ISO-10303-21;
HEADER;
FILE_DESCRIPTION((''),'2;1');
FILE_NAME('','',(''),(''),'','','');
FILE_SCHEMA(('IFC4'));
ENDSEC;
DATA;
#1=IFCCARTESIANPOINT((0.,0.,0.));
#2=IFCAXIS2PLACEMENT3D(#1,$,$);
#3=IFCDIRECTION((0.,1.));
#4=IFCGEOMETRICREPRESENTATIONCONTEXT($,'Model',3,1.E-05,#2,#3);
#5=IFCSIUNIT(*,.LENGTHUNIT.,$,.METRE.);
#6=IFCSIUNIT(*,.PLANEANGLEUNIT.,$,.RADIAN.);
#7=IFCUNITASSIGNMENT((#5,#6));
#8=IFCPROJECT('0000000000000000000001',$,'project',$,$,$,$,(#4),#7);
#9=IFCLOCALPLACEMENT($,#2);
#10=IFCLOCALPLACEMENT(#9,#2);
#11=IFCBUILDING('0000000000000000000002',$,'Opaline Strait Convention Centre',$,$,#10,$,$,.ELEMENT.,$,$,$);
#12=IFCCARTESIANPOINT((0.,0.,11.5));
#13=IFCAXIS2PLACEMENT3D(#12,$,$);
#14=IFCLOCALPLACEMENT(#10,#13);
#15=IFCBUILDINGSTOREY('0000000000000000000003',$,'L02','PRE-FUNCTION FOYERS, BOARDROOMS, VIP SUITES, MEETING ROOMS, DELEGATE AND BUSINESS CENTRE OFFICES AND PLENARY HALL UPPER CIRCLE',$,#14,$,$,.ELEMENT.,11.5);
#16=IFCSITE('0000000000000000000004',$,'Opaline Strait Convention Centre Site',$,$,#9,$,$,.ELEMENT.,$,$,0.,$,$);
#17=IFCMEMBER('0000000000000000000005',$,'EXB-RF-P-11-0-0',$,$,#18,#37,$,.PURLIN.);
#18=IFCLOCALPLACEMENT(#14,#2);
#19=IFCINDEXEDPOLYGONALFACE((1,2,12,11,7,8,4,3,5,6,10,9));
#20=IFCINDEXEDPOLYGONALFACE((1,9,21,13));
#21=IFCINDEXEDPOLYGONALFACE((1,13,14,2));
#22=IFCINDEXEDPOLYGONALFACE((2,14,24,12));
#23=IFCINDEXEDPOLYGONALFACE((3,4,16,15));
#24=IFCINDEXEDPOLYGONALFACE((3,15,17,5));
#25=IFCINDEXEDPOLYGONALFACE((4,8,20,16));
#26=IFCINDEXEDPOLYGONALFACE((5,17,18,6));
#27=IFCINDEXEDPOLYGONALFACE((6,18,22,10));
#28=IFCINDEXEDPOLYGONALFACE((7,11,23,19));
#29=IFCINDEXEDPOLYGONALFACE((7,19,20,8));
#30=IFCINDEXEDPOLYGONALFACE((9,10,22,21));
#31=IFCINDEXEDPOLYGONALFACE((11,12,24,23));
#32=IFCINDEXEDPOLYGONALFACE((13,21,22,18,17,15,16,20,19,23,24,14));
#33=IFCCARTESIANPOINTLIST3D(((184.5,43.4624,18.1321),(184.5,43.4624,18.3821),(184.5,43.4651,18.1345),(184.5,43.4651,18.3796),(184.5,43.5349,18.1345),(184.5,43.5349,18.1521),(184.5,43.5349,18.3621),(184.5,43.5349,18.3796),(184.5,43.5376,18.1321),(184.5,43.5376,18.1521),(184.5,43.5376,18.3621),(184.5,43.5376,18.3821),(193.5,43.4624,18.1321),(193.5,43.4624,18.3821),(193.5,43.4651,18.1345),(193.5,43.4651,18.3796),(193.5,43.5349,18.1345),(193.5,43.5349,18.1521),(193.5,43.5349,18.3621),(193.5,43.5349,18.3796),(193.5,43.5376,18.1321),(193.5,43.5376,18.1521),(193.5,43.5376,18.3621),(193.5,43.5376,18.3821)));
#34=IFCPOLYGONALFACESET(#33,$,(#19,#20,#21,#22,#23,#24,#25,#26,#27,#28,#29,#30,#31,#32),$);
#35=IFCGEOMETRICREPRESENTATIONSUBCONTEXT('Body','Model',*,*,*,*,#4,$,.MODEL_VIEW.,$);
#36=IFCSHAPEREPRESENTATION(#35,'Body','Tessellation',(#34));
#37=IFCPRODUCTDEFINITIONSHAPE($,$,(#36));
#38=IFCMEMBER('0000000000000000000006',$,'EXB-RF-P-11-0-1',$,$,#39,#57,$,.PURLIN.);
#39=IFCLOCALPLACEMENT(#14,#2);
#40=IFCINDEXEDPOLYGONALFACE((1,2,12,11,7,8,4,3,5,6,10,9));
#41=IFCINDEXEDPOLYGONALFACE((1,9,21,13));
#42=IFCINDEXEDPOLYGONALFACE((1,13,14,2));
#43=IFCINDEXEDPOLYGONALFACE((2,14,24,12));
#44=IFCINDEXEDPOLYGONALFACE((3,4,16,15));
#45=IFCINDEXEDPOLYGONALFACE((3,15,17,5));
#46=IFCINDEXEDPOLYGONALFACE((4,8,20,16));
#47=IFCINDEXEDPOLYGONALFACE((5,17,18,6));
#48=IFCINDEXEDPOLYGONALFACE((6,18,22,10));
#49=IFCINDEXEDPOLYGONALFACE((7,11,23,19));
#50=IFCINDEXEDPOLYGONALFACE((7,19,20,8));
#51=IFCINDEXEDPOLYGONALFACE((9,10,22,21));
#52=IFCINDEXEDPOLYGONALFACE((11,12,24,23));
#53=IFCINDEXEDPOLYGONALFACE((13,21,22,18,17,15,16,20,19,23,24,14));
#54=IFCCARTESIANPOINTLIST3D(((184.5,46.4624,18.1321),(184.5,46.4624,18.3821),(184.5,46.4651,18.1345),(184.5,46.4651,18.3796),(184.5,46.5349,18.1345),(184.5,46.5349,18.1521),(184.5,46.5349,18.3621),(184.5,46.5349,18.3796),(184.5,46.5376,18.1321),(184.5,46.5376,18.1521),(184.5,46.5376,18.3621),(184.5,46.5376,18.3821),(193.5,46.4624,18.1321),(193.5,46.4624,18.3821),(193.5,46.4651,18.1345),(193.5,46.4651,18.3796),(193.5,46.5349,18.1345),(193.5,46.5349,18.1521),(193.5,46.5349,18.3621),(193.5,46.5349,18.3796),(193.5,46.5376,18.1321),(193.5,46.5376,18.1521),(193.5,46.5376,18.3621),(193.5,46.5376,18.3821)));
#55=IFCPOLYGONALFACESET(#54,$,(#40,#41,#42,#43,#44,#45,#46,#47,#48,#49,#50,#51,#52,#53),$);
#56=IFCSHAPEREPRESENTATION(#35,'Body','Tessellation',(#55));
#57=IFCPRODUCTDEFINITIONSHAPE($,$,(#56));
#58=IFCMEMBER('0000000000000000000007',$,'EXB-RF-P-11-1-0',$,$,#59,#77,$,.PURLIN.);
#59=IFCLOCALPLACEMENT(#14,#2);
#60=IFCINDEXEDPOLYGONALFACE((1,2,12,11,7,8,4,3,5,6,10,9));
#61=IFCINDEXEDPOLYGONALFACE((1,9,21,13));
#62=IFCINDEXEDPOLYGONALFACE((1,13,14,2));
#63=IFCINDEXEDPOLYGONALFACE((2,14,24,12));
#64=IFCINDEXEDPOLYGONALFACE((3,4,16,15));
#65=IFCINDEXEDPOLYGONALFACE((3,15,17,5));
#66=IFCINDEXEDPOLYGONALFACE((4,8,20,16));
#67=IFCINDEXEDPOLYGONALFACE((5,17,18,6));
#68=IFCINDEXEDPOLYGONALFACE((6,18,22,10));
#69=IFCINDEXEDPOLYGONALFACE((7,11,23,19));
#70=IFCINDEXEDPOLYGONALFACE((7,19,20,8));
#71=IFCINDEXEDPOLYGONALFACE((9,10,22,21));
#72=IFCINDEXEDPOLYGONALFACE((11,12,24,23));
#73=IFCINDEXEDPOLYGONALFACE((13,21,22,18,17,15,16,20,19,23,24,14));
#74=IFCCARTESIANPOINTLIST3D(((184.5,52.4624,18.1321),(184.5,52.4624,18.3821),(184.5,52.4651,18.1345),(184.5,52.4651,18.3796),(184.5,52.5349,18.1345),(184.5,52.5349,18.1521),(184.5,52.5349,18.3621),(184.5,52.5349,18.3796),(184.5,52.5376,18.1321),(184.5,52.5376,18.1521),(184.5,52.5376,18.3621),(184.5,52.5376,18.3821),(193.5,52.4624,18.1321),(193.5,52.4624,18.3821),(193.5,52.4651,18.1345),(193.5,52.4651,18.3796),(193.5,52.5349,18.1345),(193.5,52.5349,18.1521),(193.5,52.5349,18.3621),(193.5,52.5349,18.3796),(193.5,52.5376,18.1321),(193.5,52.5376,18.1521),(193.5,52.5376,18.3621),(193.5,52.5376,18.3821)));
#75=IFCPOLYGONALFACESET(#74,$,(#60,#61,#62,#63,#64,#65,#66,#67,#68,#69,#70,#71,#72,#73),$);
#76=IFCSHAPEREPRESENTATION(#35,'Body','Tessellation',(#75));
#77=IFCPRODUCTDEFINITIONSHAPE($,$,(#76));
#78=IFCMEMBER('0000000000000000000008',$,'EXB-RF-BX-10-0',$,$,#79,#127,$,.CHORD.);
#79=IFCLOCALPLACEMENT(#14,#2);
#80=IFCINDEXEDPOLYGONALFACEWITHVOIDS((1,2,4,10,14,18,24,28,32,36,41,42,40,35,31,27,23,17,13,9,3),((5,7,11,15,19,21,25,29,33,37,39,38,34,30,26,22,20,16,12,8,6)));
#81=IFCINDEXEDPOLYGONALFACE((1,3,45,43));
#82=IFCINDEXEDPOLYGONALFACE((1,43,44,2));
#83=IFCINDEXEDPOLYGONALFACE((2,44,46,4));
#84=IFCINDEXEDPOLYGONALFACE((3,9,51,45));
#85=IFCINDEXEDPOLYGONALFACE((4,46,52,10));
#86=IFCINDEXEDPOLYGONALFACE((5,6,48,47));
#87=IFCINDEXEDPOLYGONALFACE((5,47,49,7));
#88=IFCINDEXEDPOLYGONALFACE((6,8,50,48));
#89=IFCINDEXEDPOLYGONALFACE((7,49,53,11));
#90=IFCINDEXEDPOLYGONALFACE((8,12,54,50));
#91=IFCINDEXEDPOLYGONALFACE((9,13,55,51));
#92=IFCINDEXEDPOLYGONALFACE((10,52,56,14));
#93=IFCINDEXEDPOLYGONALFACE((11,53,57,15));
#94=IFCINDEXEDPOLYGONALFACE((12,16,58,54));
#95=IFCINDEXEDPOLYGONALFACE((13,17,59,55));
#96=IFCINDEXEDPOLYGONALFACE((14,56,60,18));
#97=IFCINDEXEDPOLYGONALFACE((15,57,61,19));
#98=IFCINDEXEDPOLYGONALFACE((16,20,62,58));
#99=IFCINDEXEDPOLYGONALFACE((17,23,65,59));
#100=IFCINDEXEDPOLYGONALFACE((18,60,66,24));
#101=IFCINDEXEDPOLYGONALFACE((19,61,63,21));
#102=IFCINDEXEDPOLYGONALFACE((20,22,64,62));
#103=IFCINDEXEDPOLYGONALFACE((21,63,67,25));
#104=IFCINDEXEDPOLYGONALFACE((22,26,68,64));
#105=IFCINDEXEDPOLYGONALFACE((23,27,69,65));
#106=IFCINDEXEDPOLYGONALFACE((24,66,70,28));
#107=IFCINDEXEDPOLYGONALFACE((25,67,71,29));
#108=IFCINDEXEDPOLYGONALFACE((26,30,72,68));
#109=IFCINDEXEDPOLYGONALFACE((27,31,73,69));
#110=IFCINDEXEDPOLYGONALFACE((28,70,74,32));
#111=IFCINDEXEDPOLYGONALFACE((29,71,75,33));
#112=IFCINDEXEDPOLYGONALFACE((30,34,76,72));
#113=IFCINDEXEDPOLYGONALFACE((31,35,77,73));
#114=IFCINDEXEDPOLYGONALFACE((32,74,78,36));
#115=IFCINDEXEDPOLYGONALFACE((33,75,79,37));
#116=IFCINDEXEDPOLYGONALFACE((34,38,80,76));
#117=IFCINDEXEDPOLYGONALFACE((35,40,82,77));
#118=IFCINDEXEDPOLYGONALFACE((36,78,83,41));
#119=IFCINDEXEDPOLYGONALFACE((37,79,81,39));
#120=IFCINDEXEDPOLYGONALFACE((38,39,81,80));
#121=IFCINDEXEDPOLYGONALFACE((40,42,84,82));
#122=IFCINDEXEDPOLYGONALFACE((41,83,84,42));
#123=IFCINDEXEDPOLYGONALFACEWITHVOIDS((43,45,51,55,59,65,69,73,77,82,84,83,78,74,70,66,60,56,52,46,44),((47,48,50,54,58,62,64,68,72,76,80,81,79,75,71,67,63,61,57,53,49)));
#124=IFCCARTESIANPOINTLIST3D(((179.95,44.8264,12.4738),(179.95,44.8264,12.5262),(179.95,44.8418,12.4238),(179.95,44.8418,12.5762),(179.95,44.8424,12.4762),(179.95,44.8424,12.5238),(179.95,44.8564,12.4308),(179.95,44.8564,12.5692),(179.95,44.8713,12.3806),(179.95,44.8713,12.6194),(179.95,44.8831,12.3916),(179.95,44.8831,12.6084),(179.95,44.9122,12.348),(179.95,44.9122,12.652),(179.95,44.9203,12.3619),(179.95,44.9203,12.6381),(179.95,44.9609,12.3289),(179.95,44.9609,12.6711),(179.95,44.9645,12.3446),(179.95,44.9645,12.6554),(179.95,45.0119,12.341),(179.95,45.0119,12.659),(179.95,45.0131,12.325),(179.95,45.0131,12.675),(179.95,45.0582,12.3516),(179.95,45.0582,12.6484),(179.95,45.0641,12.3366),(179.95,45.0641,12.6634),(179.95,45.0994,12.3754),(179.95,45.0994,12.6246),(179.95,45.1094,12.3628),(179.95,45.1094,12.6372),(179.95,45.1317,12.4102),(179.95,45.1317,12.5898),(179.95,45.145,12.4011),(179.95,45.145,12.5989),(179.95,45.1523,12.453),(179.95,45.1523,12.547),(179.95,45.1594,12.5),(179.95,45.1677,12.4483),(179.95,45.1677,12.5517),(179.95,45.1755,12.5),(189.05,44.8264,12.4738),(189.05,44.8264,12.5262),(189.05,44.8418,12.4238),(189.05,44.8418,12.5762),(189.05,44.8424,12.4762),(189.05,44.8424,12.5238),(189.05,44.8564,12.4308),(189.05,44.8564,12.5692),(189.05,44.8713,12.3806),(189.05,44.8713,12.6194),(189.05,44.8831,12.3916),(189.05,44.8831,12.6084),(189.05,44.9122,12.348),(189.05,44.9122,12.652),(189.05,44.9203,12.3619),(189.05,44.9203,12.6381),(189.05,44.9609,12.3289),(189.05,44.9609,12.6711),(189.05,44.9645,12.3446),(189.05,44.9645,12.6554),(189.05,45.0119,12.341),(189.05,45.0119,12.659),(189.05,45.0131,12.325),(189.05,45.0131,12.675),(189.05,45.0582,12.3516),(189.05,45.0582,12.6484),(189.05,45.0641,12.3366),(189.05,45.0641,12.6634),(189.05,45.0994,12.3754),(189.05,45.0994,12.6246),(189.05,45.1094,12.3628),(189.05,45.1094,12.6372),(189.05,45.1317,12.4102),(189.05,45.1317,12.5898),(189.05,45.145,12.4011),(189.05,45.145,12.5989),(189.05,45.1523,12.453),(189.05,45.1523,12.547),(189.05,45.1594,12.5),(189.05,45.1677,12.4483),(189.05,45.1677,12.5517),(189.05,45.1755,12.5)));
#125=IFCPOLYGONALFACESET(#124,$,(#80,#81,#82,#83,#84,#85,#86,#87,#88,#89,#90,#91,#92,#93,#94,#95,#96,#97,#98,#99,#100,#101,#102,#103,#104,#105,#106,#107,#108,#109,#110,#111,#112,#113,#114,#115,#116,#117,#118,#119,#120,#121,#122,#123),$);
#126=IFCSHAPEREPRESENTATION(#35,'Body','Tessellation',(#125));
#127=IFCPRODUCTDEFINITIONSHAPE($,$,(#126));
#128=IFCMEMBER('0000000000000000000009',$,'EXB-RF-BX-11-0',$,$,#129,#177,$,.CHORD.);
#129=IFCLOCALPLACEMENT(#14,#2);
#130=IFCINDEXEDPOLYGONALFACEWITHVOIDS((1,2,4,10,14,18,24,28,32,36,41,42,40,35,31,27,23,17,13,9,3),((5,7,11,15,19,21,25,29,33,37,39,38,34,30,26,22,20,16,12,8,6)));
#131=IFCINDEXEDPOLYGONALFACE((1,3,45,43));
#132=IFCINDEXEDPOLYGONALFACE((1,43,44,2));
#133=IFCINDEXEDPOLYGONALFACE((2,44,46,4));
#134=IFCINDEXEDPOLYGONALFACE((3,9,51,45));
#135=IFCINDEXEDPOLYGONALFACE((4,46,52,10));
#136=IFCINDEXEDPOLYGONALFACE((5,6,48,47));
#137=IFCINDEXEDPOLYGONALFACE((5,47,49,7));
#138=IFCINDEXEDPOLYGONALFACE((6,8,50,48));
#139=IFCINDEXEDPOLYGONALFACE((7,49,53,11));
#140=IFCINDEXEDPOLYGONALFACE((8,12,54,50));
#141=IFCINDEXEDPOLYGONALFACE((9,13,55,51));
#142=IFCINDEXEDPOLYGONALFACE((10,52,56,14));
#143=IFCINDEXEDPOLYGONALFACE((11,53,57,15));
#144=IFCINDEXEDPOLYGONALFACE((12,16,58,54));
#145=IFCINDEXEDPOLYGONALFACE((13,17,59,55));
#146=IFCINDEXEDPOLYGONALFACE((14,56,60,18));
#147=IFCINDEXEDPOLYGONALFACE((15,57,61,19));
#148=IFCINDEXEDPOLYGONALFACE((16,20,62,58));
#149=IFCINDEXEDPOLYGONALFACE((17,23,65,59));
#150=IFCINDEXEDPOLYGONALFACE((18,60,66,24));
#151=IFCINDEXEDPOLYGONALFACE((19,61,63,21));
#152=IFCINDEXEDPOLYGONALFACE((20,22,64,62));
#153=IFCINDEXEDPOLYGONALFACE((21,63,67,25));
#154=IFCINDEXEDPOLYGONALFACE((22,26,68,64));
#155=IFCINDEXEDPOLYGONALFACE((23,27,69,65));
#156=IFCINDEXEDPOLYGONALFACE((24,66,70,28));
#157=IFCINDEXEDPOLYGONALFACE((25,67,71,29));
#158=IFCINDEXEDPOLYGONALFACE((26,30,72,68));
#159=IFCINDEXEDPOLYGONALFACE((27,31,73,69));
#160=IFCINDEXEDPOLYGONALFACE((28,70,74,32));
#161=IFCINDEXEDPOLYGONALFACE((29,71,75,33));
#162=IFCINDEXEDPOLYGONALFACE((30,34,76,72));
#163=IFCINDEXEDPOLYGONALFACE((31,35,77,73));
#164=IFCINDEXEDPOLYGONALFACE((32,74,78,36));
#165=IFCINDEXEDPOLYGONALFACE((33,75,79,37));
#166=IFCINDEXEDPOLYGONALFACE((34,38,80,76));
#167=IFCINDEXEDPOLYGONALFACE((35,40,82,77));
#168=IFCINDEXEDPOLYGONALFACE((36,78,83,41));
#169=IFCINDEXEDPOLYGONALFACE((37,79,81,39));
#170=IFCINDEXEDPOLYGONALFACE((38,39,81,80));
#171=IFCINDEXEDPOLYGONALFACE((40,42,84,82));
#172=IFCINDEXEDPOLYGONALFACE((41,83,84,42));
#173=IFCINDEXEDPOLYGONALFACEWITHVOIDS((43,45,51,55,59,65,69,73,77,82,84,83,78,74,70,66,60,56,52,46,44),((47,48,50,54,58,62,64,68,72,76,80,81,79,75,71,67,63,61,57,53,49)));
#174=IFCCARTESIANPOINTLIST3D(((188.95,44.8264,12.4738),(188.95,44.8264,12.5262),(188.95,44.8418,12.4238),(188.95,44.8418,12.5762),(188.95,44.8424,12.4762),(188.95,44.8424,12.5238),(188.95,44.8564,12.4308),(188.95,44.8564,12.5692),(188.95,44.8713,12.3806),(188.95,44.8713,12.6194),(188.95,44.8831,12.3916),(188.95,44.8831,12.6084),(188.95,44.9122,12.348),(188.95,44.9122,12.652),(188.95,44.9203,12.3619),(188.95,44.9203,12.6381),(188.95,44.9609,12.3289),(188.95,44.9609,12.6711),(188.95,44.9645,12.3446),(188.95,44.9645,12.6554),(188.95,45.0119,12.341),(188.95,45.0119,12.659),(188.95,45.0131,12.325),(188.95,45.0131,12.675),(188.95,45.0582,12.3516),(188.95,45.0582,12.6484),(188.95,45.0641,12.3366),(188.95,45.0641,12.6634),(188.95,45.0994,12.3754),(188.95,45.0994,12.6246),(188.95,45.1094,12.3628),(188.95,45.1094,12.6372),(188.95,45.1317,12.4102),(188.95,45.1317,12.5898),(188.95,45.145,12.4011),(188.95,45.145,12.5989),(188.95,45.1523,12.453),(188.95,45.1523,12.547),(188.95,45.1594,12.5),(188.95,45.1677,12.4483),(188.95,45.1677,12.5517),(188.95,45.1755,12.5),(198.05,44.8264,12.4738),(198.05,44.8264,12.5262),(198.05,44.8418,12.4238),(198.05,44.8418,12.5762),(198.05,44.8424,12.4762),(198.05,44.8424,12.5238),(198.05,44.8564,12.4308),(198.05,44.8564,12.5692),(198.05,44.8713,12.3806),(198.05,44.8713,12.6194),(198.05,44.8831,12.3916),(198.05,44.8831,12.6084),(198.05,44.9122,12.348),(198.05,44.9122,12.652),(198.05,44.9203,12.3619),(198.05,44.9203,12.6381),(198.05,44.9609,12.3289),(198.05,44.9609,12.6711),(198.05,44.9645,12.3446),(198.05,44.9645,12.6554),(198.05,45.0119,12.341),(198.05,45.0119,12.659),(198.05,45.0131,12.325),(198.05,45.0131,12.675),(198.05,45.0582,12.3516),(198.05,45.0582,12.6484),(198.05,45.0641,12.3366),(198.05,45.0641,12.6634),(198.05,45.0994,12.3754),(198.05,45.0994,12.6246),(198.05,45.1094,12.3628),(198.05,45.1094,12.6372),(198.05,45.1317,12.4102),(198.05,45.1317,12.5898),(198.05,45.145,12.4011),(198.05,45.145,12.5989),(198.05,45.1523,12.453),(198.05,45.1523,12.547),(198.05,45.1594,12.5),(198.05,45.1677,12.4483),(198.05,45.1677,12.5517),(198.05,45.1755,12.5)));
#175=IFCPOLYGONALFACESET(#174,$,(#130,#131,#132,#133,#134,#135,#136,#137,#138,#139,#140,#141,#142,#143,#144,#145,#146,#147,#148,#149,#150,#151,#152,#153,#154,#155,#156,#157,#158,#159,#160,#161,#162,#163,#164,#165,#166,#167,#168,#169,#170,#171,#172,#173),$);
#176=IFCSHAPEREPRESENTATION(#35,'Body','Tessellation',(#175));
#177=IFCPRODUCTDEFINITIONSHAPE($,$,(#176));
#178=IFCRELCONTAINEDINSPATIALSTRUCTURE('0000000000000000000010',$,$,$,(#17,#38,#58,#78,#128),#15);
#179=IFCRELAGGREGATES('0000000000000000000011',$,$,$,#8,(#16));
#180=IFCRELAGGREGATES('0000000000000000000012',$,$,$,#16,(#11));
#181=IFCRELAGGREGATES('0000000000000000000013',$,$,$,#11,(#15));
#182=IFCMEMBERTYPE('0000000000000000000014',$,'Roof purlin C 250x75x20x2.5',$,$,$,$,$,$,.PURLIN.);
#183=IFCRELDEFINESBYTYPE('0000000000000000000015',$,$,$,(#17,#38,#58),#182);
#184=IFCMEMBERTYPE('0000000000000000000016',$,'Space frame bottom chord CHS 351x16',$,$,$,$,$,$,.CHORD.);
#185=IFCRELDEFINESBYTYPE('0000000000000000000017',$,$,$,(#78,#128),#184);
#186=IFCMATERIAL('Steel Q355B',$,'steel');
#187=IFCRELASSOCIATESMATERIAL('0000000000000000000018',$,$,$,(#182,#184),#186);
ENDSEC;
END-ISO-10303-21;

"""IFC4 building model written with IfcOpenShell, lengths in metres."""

from ifc_helpers import new_model, si_unit, direction, frame, origin, origin_2d, place, context, subcontext, project, spatial, polyline, hollow_circle, outline, extrude, material, material_profile, profile_set, type_object, element, save


model = new_model("IFC4")

# Units and contexts
model_context = context("Model", 3, precision=1e-05, world=origin(), true_north=direction((0.0, 1.0)))
body_context = subcontext(model_context, "Body", "Model", "MODEL_VIEW")
ifc_project = project(units=[si_unit("LENGTHUNIT", "METRE"), si_unit("PLANEANGLEUNIT", "RADIAN")], contexts=[model_context])

# Site, building, storey
site_placement = place(None, origin())
site = spatial("IfcSite", under=ifc_project, at=site_placement, Name="Opaline Strait Convention Centre Site", CompositionType="ELEMENT", RefElevation=0.0)
building_placement = place(site_placement, origin())
building = spatial("IfcBuilding", under=site, at=building_placement, Name="Opaline Strait Convention Centre", CompositionType="ELEMENT")
storey_placement = place(building_placement, frame((0.0, 0.0, 11.5)))
storey = spatial("IfcBuildingStorey", under=building, at=storey_placement, Name="L02", Description="PRE-FUNCTION FOYERS, BOARDROOMS, VIP SUITES, MEETING ROOMS, DELEGATE AND BUSINESS CENTRE OFFICES AND PLENARY HALL UPPER CIRCLE", CompositionType="ELEMENT", Elevation=11.5)

# Members
ifc_material_1 = material(Name="Steel Q355B", Category="steel")
ifc_material_profile_1 = material_profile(ifc_material_1, outline(polyline([(-0.0376, -0.125), (0.0376, -0.125), (0.0376, -0.105), (0.0349, -0.105), (0.0349, -0.1226), (-0.0349, -0.1226), (-0.0349, 0.1226), (0.0349, 0.1226), (0.0349, 0.105), (0.0376, 0.105), (0.0376, 0.125), (-0.0376, 0.125), (-0.0376, -0.125)])), Name="C 250x75x20x2.5")
ifc_profile_set_1 = profile_set([ifc_material_profile_1], Name="Steel Q355B")
member_type_1 = type_object("IfcMemberType", Name="Roof purlin C 250x75x20x2.5", PredefinedType="PURLIN", material=ifc_profile_set_1)
for number, where, z_axis, x_axis, name in (
    (1, (184.5, 43.5, 18.2571), (1.0, 0.0, 0.0), (0.0, 1.0, 0.0), "EXB-RF-P-11-0-0"),
    (2, (184.5, 46.5, 18.2571), (1.0, 0.0, 0.0), (0.0, 1.0, 0.0), "EXB-RF-P-11-0-1"),
    (3, (184.5, 52.5, 18.2571), (1.0, 0.0, 0.0), (0.0, 1.0, 0.0), "EXB-RF-P-11-1-0"),
):
    element("IfcMember", number, at=place(storey_placement, frame(where, z_axis=z_axis, x_axis=x_axis)), inside=storey, type_object=member_type_1, Name=name, PredefinedType="PURLIN", context=body_context, shape_type="SweptSolid", body=[
        extrude(outline(polyline([(-0.0376, -0.125), (0.0376, -0.125), (0.0376, -0.105), (0.0349, -0.105), (0.0349, -0.1226), (-0.0349, -0.1226), (-0.0349, 0.1226), (0.0349, 0.1226), (0.0349, 0.105), (0.0376, 0.105), (0.0376, 0.125), (-0.0376, 0.125), (-0.0376, -0.125)])), origin(), (0.0, 0.0, 1.0), 9.0),
    ])
ifc_material_profile_2 = material_profile(ifc_material_1, hollow_circle(Radius=0.1755, WallThickness=0.0161, at=origin_2d()), Name="CHS 351x16")
ifc_profile_set_2 = profile_set([ifc_material_profile_2], Name="Steel Q355B")
member_type_2 = type_object("IfcMemberType", Name="Space frame bottom chord CHS 351x16", PredefinedType="CHORD", material=ifc_profile_set_2)
for number, where, z_axis, x_axis, name in (
    (4, (179.95, 45.0, 12.5), (1.0, 0.0, 0.0), (0.0, 1.0, 0.0), "EXB-RF-BX-10-0"),
    (5, (188.95, 45.0, 12.5), (1.0, 0.0, 0.0), (0.0, 1.0, 0.0), "EXB-RF-BX-11-0"),
):
    element("IfcMember", number, at=place(storey_placement, frame(where, z_axis=z_axis, x_axis=x_axis)), inside=storey, type_object=member_type_2, Name=name, PredefinedType="CHORD", context=body_context, shape_type="SweptSolid", body=[
        extrude(hollow_circle(Radius=0.1755, WallThickness=0.0161, at=origin_2d()), origin(), (0.0, 0.0, 1.0), 9.1001),
    ])

save(model, "model.ifc")
